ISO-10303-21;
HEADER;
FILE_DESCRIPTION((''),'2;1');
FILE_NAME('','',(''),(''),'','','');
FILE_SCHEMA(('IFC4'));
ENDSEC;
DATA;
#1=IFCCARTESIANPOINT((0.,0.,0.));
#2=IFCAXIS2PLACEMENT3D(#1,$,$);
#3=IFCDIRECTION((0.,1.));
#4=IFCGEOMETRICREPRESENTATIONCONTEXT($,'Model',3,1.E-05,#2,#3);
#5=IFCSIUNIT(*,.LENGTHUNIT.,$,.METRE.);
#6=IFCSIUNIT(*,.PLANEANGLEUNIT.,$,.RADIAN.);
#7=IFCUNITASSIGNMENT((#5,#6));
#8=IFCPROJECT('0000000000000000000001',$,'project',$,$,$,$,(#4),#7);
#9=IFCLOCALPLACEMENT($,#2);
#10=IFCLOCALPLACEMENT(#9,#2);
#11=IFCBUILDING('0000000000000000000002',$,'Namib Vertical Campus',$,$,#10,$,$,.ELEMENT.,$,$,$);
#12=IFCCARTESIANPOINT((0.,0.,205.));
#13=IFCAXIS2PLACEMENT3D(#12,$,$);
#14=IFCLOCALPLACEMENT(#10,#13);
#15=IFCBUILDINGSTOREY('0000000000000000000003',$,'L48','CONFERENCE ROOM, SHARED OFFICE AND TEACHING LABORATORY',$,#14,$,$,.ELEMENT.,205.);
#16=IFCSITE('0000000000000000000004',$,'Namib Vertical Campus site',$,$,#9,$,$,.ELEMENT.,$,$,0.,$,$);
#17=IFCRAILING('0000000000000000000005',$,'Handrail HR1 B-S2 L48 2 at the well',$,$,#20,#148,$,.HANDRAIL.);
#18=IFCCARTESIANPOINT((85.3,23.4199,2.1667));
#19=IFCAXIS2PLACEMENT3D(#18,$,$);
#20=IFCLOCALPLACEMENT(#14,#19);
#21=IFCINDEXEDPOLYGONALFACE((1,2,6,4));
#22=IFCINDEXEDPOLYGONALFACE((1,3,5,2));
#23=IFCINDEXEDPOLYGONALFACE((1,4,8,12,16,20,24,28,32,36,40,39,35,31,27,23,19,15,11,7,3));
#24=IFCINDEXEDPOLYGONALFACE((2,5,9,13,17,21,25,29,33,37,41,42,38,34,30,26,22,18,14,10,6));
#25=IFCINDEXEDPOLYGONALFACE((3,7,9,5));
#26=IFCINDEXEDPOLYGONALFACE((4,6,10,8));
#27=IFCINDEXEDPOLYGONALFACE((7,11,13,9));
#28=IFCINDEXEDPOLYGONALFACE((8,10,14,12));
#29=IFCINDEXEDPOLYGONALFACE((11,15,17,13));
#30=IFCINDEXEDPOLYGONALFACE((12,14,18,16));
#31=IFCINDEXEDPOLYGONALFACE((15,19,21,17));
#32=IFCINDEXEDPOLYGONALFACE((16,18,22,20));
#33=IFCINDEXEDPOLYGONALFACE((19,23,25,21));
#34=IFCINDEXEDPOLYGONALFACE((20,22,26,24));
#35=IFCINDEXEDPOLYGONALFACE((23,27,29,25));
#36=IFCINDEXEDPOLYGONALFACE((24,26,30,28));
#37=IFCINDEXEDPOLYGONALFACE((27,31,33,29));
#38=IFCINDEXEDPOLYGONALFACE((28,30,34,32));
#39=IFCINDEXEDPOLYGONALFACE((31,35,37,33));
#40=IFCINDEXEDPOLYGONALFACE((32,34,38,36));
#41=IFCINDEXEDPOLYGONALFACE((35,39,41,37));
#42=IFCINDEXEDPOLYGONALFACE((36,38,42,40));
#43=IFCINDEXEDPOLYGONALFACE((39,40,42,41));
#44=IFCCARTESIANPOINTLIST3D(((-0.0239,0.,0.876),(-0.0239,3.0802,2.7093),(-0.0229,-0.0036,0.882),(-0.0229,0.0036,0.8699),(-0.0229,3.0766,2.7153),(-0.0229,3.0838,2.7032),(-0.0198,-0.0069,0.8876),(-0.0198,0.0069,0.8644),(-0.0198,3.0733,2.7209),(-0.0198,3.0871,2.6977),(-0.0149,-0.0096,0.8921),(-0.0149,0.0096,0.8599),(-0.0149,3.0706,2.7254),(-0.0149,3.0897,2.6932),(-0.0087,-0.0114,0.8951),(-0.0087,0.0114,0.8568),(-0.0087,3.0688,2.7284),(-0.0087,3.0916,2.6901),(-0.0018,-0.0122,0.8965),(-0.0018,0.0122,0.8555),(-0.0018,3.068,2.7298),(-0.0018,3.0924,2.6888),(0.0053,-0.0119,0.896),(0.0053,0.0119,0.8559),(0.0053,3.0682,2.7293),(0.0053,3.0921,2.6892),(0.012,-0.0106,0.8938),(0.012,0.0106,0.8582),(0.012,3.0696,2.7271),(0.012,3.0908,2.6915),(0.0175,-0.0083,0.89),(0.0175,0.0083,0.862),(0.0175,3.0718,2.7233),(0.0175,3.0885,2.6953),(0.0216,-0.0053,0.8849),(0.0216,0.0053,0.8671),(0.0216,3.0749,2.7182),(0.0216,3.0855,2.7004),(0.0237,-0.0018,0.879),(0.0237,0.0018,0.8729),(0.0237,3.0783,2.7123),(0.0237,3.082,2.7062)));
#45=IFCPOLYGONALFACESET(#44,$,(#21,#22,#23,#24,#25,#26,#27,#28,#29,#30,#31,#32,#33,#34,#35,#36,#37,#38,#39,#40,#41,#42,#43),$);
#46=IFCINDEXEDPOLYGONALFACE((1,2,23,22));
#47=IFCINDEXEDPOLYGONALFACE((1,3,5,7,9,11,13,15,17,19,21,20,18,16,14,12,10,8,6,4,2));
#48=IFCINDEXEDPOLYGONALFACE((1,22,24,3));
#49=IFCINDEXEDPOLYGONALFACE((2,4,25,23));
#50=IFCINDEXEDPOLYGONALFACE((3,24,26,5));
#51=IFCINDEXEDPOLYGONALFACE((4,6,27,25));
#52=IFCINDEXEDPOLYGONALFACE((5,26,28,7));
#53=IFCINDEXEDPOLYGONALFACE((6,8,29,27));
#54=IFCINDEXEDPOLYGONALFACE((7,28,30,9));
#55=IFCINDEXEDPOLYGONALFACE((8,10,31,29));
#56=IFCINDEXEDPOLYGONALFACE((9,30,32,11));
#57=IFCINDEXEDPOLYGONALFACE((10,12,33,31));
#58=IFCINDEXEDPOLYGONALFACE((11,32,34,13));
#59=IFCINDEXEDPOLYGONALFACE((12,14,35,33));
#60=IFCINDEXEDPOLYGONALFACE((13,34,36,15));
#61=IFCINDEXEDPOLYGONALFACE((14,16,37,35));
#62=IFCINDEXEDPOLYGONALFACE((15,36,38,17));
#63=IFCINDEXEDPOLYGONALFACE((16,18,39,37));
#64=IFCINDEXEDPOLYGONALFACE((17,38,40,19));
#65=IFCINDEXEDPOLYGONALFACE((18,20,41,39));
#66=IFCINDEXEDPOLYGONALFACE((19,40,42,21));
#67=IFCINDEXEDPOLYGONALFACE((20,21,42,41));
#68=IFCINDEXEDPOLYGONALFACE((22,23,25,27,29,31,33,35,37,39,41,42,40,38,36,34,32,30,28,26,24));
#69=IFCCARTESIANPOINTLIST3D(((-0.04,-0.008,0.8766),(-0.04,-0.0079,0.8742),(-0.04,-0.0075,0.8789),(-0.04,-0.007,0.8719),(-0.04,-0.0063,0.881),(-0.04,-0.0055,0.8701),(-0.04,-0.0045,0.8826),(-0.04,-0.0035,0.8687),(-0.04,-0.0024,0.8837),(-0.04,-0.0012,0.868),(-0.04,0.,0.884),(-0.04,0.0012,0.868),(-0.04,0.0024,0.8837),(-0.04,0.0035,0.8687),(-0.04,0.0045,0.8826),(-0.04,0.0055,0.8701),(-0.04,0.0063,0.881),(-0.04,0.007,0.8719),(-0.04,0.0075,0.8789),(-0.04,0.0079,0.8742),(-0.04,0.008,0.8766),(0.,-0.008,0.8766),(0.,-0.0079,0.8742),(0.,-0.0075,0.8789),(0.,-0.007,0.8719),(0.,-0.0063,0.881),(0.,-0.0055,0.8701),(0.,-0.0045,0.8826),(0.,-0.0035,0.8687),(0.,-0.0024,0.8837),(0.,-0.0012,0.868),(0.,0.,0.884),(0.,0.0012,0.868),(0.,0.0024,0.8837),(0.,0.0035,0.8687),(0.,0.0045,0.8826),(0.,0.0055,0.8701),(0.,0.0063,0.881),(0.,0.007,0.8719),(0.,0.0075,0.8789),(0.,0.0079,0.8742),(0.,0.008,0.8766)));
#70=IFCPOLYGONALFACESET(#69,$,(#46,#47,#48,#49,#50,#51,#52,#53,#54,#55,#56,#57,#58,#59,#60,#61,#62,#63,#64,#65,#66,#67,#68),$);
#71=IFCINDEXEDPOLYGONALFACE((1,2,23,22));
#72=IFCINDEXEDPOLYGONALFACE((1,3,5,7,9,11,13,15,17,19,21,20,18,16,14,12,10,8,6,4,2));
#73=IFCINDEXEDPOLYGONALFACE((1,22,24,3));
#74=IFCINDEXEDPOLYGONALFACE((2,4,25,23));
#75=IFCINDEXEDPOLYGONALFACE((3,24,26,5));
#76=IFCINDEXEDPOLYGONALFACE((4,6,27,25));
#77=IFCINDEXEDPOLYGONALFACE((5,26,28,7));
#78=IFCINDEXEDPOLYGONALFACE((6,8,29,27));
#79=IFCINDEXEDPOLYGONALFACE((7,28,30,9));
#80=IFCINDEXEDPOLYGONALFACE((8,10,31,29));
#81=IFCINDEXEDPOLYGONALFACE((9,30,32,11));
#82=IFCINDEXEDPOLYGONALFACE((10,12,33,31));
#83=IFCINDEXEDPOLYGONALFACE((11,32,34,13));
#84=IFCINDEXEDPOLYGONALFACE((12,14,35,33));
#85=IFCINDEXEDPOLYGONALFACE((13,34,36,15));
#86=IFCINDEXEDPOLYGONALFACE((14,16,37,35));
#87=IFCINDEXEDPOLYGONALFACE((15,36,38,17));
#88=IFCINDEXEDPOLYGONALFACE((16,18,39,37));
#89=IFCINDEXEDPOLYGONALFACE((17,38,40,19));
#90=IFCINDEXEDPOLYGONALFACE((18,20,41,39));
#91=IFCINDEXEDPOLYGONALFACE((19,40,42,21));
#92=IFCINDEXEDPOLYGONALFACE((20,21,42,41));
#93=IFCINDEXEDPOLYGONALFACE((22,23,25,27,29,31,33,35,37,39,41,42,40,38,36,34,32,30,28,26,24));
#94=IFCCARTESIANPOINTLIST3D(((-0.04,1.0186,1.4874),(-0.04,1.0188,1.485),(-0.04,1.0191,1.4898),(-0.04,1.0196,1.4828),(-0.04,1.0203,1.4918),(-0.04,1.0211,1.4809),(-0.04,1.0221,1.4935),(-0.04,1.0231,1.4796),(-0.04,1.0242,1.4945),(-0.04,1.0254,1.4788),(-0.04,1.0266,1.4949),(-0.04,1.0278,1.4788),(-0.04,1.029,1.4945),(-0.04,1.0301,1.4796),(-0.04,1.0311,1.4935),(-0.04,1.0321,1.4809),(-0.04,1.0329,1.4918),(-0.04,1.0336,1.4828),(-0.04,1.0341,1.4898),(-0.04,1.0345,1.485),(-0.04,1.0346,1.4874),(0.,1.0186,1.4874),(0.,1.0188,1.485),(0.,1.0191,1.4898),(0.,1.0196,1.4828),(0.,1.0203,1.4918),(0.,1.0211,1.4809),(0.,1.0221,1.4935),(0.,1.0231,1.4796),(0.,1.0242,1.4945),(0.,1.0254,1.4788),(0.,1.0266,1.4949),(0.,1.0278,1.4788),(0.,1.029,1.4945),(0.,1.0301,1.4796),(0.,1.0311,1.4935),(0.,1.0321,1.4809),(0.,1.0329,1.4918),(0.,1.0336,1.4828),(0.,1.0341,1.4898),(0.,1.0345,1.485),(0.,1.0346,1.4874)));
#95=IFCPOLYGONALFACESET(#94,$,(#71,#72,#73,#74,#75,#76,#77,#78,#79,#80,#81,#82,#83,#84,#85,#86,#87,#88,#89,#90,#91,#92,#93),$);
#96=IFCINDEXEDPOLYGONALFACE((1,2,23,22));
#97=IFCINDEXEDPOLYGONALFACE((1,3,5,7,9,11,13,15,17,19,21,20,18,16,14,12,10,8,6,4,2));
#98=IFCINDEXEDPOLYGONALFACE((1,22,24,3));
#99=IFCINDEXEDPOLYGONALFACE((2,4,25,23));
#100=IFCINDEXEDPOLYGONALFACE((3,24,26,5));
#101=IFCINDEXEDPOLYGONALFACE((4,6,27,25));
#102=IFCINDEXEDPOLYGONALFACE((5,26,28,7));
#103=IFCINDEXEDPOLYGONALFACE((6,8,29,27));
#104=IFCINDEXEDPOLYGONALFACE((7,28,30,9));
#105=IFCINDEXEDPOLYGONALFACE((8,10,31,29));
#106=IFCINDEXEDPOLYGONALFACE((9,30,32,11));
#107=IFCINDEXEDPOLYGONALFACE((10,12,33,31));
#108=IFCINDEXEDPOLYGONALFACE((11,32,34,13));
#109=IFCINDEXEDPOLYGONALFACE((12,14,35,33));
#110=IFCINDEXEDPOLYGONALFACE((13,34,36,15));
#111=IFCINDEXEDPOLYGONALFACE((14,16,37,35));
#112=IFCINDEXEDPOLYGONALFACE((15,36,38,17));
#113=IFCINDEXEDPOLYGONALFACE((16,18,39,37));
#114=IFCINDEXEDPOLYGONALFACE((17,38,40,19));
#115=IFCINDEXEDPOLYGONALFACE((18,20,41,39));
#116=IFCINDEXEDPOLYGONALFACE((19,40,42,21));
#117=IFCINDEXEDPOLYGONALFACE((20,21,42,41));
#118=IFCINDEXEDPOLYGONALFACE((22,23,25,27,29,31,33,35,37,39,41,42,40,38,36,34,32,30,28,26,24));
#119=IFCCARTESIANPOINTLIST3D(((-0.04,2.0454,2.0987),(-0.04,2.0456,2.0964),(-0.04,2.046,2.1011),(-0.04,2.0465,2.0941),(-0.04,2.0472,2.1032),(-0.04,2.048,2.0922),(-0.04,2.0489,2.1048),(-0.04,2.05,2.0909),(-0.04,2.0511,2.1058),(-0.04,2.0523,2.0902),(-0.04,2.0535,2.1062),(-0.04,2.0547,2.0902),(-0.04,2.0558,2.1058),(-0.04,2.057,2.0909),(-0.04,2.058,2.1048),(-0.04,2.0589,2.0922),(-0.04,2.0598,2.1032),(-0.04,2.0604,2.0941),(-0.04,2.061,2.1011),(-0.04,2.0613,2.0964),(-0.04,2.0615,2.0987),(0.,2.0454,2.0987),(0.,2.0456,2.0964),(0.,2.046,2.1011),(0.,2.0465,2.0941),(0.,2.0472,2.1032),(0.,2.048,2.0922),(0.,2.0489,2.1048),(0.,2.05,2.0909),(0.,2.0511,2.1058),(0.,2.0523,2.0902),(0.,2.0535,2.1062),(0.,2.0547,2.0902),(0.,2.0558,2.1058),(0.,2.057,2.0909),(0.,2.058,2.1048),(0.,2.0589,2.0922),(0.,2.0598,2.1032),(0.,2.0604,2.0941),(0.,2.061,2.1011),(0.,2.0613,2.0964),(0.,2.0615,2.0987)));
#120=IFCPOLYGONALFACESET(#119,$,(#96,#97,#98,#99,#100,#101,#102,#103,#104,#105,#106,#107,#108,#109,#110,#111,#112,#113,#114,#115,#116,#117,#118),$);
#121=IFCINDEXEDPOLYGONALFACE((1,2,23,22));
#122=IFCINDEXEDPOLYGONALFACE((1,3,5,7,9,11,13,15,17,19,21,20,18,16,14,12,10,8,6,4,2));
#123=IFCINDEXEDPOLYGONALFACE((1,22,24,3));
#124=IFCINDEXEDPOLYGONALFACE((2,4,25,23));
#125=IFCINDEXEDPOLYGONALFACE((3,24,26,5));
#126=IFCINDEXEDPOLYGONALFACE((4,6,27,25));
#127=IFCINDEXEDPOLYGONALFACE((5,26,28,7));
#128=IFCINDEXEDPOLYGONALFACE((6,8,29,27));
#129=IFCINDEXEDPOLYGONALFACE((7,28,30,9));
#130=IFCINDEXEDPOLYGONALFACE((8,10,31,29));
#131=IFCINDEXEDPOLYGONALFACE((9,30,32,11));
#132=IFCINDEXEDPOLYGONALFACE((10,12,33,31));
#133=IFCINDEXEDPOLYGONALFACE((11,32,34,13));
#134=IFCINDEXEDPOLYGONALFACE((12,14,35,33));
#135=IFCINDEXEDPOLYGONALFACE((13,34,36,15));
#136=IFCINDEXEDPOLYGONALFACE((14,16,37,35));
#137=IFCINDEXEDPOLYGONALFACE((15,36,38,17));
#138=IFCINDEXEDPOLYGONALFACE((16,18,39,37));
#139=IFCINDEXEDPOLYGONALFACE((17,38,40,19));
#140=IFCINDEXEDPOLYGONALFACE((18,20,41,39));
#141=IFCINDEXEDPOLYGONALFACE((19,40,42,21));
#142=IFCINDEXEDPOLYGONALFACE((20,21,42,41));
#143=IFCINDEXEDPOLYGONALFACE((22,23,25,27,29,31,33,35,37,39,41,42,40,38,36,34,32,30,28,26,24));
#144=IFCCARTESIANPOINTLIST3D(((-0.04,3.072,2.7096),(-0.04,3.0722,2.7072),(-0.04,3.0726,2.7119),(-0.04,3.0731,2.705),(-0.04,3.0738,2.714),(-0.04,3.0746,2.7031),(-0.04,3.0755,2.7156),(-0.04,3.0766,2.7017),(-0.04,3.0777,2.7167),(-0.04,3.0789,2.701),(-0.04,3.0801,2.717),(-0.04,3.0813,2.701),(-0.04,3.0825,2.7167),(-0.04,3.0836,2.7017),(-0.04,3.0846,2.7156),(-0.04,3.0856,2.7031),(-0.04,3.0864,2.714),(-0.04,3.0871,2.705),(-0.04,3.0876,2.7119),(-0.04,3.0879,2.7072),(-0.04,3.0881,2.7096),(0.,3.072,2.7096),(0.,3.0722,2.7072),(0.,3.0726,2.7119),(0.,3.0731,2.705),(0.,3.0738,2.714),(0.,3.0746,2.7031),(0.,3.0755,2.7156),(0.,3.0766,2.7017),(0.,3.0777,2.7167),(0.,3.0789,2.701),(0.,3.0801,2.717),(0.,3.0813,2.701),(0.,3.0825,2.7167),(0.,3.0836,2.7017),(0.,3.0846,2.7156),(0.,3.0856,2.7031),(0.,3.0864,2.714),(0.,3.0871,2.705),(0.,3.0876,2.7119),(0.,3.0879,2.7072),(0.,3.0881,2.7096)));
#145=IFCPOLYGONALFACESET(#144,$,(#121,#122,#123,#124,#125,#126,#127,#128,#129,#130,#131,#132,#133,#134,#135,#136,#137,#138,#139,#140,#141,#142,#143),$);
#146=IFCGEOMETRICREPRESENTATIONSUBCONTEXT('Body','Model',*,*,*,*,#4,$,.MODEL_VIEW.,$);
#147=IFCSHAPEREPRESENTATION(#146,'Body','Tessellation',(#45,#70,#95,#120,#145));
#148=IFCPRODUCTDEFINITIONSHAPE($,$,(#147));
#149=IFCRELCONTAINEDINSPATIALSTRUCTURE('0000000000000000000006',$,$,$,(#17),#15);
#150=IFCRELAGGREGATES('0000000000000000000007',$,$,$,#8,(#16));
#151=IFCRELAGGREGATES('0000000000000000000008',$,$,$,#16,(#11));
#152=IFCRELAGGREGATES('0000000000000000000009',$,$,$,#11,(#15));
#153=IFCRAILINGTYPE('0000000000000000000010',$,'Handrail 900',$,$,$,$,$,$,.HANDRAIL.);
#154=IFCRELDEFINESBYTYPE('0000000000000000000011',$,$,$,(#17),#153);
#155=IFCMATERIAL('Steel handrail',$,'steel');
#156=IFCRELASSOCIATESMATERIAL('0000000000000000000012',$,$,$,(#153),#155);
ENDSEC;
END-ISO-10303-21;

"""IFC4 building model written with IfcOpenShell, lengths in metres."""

from ifc_helpers import new_model, si_unit, direction, frame, origin, origin_2d, place, context, subcontext, project, spatial, circle, extrude, material, type_object, element, save


model = new_model("IFC4")

# Units and contexts
model_context = context("Model", 3, precision=1e-05, world=origin(), true_north=direction((0.0, 1.0)))
body_context = subcontext(model_context, "Body", "Model", "MODEL_VIEW")
ifc_project = project(units=[si_unit("LENGTHUNIT", "METRE"), si_unit("PLANEANGLEUNIT", "RADIAN")], contexts=[model_context])

# Site, building, storey
site_placement = place(None, origin())
site = spatial("IfcSite", under=ifc_project, at=site_placement, Name="Namib Vertical Campus site", CompositionType="ELEMENT", RefElevation=0.0)
building_placement = place(site_placement, origin())
building = spatial("IfcBuilding", under=site, at=building_placement, Name="Namib Vertical Campus", CompositionType="ELEMENT")
storey_placement = place(building_placement, frame((0.0, 0.0, 205.0)))
storey = spatial("IfcBuildingStorey", under=building, at=storey_placement, Name="L48", Description="CONFERENCE ROOM, SHARED OFFICE AND TEACHING LABORATORY", CompositionType="ELEMENT", Elevation=205.0)

# Railing
ifc_material_1 = material(Name="Steel handrail", Category="steel")
railing_type_1 = type_object("IfcRailingType", Name="Handrail 900", PredefinedType="HANDRAIL", material=ifc_material_1)
railing_1_placement = place(storey_placement, frame((85.3, 23.4199, 2.1667)))
element("IfcRailing", 1, at=railing_1_placement, inside=storey, type_object=railing_type_1, Name="Handrail HR1 B-S2 L48 2 at the well", PredefinedType="HANDRAIL", context=body_context, shape_type="SweptSolid", body=[
    extrude(circle(Radius=0.0239, at=origin_2d()), frame((0.0, 0.0, 0.876), z_axis=(0.0, 0.859309, 0.511458), x_axis=(-1.0, 0.0, 0.0)), (0.0, 0.0, 1.0), 3.5845),
    extrude(circle(Radius=0.0081, at=origin_2d()), frame((0.0, 0.0, 0.876), z_axis=(-1.0, 0.0, 0.0), x_axis=(0.0, 0.0, 1.0)), (0.0, 0.0, 1.0), 0.04),
    extrude(circle(Radius=0.0081, at=origin_2d()), frame((0.0, 1.0266, 1.4868), z_axis=(-1.0, 0.0, 0.0), x_axis=(0.0, 0.0, 1.0)), (0.0, 0.0, 1.0), 0.04),
    extrude(circle(Radius=0.0081, at=origin_2d()), frame((0.0, 2.0535, 2.0981), z_axis=(-1.0, 0.0, 0.0), x_axis=(0.0, 0.0, 1.0)), (0.0, 0.0, 1.0), 0.04),
    extrude(circle(Radius=0.0081, at=origin_2d()), frame((0.0, 3.0801, 2.709), z_axis=(-1.0, 0.0, 0.0), x_axis=(0.0, 0.0, 1.0)), (0.0, 0.0, 1.0), 0.04),
])

save(model, "model.ifc")
